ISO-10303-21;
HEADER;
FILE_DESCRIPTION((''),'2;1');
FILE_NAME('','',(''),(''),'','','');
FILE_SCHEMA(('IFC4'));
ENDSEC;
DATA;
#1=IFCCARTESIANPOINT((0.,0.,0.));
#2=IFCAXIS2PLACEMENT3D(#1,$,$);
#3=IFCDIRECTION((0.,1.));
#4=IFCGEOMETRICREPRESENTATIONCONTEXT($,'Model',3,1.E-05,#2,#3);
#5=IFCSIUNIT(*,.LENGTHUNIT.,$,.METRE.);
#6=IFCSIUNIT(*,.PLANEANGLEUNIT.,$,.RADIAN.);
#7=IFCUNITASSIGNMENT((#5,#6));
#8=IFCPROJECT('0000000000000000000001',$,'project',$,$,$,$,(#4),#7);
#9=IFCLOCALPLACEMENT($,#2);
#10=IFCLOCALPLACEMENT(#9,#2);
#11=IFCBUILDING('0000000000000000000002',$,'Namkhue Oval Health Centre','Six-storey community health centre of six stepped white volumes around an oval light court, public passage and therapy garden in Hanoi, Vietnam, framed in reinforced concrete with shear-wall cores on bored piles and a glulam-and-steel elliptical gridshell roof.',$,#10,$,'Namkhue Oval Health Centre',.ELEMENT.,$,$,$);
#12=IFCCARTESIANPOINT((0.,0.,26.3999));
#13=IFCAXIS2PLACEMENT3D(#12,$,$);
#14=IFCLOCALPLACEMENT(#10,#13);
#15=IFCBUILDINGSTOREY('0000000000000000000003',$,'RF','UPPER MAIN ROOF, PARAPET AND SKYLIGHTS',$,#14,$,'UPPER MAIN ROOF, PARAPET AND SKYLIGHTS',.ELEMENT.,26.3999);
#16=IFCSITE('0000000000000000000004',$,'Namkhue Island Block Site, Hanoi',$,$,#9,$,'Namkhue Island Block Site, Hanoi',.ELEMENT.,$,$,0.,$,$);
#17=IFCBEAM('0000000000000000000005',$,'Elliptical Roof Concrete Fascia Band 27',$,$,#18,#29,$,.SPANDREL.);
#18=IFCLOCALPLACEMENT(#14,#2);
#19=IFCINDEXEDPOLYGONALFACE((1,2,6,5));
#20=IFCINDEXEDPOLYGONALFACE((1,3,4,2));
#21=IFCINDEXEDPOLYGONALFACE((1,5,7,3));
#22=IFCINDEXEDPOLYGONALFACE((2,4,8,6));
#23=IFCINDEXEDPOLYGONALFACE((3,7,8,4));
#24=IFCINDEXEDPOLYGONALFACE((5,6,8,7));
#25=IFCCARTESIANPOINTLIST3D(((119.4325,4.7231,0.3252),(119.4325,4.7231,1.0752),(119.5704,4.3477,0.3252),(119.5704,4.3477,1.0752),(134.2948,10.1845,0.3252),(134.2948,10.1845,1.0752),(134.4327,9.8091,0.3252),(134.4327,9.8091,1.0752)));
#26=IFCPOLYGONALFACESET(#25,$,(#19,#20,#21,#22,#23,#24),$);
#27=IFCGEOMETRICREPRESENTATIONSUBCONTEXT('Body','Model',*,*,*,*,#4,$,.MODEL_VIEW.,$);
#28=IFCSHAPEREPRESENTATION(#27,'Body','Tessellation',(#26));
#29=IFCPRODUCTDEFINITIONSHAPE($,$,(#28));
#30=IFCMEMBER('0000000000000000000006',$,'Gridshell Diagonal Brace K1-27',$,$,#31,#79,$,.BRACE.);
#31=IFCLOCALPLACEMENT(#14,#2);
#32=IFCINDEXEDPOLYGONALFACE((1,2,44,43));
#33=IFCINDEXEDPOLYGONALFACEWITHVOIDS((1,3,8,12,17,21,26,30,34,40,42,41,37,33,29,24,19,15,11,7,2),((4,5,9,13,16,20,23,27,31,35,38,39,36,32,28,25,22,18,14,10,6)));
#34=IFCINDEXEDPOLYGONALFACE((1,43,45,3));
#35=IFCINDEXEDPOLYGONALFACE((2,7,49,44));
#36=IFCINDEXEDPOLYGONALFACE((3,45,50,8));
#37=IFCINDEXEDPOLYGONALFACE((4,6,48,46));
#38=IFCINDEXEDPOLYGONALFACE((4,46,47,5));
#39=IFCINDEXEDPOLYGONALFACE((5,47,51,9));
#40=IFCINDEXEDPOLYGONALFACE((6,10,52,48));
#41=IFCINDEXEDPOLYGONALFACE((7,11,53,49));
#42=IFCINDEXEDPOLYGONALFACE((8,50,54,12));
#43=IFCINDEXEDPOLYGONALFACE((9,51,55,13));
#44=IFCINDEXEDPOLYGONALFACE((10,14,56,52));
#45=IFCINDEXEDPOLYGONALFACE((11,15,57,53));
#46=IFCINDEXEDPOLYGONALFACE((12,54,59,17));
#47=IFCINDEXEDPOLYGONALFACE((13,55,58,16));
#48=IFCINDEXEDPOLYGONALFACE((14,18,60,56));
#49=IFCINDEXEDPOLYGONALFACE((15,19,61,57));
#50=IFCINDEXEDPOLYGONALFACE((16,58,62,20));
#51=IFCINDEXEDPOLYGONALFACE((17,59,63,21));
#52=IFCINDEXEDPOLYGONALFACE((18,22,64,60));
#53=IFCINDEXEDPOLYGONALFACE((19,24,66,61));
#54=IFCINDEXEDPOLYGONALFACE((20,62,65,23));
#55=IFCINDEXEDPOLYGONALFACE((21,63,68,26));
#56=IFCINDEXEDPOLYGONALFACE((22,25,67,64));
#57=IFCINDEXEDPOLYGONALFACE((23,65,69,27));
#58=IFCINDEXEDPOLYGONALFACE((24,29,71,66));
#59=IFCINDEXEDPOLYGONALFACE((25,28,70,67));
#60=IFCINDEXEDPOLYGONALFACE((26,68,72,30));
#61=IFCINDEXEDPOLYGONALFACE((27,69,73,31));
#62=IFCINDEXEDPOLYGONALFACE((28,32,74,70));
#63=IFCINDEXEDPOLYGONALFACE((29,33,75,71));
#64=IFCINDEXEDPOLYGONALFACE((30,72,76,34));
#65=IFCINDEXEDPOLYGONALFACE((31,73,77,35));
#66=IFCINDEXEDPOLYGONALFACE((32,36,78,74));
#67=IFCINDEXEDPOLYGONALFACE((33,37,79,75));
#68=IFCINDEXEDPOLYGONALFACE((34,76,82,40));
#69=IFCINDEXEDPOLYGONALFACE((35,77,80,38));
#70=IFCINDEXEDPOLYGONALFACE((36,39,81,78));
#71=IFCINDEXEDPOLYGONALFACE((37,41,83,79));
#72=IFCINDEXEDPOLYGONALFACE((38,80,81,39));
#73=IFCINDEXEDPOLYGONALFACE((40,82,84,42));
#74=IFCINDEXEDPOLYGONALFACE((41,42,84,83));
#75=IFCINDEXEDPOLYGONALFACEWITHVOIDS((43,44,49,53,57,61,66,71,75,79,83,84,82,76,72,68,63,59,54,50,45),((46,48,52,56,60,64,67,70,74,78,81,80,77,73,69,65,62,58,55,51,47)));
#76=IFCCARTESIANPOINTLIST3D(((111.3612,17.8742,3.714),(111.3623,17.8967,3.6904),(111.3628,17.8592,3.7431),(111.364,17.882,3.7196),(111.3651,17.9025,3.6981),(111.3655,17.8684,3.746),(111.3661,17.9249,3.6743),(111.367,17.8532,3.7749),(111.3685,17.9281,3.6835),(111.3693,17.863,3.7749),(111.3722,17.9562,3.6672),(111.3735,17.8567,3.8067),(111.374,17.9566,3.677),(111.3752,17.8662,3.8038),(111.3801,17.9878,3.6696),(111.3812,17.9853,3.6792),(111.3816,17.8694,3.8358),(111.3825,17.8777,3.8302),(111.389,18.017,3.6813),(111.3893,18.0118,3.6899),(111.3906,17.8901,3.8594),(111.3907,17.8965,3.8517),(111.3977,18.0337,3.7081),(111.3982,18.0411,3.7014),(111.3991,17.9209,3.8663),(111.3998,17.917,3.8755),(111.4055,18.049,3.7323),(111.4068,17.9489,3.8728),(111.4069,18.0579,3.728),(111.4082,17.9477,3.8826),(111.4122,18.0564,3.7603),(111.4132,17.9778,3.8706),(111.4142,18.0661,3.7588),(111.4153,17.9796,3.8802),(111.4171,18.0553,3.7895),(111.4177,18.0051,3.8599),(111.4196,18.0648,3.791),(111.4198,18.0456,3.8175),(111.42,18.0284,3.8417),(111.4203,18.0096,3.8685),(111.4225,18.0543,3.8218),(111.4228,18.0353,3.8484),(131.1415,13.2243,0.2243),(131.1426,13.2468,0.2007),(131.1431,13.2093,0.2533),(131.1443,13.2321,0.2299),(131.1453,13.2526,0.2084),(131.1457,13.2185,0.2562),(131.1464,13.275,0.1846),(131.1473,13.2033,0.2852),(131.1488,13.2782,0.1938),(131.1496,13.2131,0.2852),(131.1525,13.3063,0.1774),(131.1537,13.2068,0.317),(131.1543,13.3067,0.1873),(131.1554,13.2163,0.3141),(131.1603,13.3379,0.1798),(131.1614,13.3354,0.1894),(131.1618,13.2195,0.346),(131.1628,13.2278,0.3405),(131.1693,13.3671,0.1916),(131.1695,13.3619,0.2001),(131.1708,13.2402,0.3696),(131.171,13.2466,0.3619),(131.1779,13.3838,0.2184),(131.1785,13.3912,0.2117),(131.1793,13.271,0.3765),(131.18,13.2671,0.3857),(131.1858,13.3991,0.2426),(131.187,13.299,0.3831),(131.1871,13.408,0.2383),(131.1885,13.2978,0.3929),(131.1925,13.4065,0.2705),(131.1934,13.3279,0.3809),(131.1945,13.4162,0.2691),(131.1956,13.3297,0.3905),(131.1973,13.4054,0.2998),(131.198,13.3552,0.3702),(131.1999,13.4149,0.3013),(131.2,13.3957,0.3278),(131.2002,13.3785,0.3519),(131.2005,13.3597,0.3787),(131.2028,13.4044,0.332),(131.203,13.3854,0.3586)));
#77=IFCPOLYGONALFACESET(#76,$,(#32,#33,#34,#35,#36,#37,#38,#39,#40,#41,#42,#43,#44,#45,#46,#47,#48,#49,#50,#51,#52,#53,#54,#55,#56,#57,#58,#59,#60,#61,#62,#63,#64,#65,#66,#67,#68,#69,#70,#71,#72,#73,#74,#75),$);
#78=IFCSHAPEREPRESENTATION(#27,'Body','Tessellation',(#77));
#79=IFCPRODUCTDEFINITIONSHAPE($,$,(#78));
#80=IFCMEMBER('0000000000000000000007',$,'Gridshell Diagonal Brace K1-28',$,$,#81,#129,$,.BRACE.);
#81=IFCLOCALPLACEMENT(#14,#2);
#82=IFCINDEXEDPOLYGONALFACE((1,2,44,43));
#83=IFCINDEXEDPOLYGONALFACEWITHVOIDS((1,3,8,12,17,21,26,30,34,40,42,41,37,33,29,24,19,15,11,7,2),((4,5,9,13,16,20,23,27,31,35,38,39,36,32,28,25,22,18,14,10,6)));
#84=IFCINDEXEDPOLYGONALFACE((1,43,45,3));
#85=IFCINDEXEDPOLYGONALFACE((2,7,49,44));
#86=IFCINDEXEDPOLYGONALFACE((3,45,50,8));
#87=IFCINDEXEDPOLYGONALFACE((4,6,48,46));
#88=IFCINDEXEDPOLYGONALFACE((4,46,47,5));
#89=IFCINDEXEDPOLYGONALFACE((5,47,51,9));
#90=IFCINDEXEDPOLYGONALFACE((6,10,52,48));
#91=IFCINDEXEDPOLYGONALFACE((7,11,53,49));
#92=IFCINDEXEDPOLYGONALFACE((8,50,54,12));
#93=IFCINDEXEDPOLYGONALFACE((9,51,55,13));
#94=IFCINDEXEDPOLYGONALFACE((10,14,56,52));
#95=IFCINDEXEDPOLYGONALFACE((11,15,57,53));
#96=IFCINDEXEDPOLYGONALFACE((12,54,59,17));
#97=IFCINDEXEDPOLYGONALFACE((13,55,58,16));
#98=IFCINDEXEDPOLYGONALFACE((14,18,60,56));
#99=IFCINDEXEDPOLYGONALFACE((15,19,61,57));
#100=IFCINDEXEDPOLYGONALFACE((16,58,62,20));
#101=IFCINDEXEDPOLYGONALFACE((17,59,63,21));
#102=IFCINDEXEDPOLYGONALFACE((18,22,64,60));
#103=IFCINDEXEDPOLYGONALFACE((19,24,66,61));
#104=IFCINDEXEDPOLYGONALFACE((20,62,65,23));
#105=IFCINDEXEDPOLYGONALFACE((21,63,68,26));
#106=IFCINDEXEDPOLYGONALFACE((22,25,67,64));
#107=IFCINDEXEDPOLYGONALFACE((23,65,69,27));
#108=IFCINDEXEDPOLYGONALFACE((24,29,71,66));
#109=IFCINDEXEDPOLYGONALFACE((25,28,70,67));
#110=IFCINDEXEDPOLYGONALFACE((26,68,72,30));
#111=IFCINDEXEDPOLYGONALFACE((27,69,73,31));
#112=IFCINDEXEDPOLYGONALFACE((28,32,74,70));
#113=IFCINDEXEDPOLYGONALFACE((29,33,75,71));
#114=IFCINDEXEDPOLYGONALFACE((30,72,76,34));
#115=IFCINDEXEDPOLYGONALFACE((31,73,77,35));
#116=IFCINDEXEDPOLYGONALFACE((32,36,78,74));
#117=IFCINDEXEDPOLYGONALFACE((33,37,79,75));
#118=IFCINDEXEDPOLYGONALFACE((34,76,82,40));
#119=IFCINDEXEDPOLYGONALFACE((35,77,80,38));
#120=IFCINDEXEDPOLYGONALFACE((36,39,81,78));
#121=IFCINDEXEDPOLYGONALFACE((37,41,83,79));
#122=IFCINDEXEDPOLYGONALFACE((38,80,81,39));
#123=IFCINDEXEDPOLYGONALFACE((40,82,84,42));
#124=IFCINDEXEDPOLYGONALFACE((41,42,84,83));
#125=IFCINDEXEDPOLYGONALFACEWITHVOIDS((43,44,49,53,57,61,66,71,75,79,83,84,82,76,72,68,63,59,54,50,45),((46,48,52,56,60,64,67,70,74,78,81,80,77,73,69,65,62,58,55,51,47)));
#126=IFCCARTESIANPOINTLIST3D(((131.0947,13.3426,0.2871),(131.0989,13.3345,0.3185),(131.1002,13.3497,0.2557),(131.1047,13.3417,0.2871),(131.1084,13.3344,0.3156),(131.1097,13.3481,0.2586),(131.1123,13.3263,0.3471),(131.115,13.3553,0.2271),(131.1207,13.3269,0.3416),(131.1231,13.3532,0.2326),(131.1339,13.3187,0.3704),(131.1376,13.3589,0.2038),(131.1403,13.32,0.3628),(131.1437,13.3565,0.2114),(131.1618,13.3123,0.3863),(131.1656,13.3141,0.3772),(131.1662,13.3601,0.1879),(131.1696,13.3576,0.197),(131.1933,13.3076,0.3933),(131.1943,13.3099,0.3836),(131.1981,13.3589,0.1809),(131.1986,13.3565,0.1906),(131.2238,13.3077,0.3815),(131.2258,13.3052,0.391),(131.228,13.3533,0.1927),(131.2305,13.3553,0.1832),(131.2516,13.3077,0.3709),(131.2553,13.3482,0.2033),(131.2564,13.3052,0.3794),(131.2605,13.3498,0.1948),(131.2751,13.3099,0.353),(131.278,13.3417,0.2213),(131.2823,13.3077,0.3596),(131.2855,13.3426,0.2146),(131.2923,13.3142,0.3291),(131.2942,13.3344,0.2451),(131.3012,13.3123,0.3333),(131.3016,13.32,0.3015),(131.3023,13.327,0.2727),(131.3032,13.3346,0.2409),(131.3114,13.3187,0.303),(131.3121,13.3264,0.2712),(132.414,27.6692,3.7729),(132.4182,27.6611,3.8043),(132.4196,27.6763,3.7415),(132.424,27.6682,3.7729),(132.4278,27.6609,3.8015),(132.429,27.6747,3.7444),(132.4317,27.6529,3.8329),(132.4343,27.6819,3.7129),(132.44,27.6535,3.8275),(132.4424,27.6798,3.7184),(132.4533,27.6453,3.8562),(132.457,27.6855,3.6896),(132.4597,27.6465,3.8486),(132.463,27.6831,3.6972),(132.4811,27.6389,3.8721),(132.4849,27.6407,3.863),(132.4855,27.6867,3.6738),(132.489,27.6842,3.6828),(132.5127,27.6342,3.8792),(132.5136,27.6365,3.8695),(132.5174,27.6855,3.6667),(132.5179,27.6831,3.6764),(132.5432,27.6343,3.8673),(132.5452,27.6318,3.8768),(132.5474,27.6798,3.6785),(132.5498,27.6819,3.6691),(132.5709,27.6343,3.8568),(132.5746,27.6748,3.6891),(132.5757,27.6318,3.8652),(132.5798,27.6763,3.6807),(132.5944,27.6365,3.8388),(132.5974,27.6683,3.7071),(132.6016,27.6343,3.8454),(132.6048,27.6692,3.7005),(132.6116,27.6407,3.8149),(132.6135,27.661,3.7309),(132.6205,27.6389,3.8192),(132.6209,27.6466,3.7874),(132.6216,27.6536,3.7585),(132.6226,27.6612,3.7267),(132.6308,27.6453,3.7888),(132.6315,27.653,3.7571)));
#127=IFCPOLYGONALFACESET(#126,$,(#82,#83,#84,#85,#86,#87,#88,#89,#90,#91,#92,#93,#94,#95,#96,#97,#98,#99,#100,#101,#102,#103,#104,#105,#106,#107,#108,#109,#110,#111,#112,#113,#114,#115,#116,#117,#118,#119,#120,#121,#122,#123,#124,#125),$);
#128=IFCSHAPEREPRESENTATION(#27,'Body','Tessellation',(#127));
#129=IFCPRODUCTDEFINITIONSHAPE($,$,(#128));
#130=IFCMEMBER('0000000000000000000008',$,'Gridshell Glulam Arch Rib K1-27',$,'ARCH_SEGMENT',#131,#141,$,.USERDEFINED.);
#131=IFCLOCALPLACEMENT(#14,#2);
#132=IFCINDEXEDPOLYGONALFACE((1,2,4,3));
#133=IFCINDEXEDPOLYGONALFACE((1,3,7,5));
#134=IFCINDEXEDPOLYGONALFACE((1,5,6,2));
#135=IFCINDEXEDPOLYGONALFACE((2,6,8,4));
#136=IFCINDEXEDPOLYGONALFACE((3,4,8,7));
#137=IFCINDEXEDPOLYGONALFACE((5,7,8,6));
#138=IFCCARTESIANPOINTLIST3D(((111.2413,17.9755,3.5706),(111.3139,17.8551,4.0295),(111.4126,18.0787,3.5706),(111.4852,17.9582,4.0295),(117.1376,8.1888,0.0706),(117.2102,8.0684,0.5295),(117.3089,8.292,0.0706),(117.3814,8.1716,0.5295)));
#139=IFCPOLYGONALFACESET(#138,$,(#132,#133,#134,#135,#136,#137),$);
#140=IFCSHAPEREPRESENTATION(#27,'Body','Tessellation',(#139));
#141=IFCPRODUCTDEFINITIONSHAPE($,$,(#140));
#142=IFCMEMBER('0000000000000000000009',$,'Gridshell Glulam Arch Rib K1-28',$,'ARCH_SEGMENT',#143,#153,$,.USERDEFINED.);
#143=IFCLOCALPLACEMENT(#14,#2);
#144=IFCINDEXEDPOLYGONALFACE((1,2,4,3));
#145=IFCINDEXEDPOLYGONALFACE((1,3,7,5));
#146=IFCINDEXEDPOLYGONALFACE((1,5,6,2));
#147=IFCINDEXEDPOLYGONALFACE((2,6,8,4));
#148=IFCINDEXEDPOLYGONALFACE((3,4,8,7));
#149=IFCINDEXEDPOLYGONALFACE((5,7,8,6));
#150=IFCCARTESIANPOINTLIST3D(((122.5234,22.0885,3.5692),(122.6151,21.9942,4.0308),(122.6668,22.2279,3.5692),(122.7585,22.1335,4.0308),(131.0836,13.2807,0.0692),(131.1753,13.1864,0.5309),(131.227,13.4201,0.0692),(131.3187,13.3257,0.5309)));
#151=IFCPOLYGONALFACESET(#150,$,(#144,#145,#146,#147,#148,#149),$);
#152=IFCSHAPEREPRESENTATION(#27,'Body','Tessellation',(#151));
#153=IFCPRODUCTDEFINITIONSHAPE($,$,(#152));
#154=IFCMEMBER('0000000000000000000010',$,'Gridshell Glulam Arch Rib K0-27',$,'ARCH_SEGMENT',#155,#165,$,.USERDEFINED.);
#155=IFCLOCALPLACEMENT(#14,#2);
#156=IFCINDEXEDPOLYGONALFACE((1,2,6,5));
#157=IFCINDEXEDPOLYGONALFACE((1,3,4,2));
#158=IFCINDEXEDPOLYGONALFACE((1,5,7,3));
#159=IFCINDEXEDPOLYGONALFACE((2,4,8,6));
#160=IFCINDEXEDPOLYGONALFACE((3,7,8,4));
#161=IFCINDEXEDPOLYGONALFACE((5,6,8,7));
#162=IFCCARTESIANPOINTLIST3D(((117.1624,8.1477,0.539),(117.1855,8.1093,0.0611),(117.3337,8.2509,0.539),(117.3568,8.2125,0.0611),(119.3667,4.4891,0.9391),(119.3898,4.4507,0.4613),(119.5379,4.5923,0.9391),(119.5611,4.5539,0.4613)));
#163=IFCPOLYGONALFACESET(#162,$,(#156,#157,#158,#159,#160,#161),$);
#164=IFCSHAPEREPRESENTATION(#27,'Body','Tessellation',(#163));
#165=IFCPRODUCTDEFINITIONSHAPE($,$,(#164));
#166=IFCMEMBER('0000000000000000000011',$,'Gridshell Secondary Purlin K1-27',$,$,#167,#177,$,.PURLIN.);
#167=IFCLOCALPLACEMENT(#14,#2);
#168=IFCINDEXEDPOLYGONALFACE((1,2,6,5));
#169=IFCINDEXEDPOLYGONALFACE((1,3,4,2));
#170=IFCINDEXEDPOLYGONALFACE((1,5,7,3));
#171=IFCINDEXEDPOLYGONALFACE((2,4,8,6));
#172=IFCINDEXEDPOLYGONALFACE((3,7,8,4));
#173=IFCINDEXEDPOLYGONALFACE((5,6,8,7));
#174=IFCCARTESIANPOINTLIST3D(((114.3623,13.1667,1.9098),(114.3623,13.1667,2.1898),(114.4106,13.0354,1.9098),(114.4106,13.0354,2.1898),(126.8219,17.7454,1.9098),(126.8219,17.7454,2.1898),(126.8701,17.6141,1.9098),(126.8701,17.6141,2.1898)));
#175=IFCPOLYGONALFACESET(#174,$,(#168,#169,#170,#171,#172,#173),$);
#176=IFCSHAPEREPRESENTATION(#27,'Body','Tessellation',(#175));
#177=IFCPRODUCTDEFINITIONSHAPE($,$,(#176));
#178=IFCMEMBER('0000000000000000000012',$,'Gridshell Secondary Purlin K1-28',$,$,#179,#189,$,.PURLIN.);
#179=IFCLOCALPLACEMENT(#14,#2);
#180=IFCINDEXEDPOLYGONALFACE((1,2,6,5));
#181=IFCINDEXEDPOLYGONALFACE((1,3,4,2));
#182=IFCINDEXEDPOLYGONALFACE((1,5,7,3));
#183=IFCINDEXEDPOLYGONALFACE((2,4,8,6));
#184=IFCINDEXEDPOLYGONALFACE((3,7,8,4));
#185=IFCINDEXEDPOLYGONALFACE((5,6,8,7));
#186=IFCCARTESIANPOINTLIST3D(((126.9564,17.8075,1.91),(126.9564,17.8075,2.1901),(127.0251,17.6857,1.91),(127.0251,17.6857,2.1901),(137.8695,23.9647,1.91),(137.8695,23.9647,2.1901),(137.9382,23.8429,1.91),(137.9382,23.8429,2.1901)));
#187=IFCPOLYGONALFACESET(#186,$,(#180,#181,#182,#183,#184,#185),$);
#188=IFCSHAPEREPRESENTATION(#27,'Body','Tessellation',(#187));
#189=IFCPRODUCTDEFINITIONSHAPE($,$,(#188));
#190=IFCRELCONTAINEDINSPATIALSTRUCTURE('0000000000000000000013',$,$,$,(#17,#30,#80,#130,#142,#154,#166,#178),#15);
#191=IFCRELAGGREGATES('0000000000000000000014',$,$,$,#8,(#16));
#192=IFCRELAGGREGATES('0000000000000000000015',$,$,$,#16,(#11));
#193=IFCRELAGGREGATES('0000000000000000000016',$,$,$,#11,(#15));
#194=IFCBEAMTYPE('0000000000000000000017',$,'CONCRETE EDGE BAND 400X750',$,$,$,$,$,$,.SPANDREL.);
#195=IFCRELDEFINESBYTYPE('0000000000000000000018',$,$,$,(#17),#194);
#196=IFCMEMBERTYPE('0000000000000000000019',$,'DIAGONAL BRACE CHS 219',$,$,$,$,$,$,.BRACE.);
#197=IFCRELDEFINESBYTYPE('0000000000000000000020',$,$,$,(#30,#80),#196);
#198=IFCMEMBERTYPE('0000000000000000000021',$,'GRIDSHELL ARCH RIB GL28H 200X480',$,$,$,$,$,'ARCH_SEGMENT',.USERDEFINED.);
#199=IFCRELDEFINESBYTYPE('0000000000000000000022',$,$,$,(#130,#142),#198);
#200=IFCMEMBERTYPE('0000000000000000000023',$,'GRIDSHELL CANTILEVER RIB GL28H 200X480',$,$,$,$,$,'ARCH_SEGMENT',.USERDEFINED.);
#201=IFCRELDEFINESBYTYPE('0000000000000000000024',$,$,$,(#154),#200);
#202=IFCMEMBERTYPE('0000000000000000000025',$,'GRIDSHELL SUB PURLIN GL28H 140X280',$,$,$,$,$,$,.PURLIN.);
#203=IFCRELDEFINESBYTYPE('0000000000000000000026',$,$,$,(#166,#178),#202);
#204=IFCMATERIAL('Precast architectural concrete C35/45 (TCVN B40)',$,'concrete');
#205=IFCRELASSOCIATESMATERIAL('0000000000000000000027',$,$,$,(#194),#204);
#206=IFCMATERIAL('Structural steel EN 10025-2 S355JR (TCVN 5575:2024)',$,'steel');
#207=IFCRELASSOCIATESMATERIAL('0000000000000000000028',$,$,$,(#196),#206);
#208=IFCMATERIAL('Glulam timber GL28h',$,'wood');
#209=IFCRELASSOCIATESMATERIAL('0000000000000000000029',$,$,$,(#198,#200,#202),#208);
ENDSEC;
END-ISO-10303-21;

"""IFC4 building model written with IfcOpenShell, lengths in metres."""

from ifc_helpers import new_model, si_unit, direction, frame, origin, origin_2d, place, context, subcontext, project, spatial, rectangle, hollow_circle, extrude, material, material_profile, profile_set, type_object, element, save


model = new_model("IFC4")

# Units and contexts
model_context = context("Model", 3, precision=1e-05, world=origin(), true_north=direction((0.0, 1.0)))
body_context = subcontext(model_context, "Body", "Model", "MODEL_VIEW")
ifc_project = project(units=[si_unit("LENGTHUNIT", "METRE"), si_unit("PLANEANGLEUNIT", "RADIAN")], contexts=[model_context])

# Site, building, storey
site_placement = place(None, origin())
site = spatial("IfcSite", under=ifc_project, at=site_placement, Name="Namkhue Island Block Site, Hanoi", LongName="Namkhue Island Block Site, Hanoi", CompositionType="ELEMENT", RefElevation=0.0)
building_placement = place(site_placement, origin())
building = spatial("IfcBuilding", under=site, at=building_placement, Name="Namkhue Oval Health Centre", Description="Six-storey community health centre of six stepped white volumes around an oval light court, public passage and therapy garden in Hanoi, Vietnam, framed in reinforced concrete with shear-wall cores on bored piles and a glulam-and-steel elliptical gridshell roof.", LongName="Namkhue Oval Health Centre", CompositionType="ELEMENT")
storey_placement = place(building_placement, frame((0.0, 0.0, 26.3999)))
storey = spatial("IfcBuildingStorey", under=building, at=storey_placement, Name="RF", Description="UPPER MAIN ROOF, PARAPET AND SKYLIGHTS", LongName="UPPER MAIN ROOF, PARAPET AND SKYLIGHTS", CompositionType="ELEMENT", Elevation=26.3999)

# Beam
ifc_material_1 = material(Name="Precast architectural concrete C35/45 (TCVN B40)", Category="concrete")
ifc_material_profile_1 = material_profile(ifc_material_1, rectangle(XDim=0.3999, YDim=0.75, at=origin_2d()), Name="RC 400x750")
ifc_profile_set_1 = profile_set([ifc_material_profile_1], Name="Precast architectural concrete C35/45 (TCVN B40)")
beam_type = type_object("IfcBeamType", Name="CONCRETE EDGE BAND 400X750", PredefinedType="SPANDREL", material=ifc_profile_set_1)
beam_placement = place(storey_placement, frame((119.5015, 4.5354, 0.7002), z_axis=(0.938633, 0.344918, 0.0), x_axis=(-0.344918, 0.938633, 0.0)))
element("IfcBeam", 1, at=beam_placement, inside=storey, type_object=beam_type, Name="Elliptical Roof Concrete Fascia Band 27", PredefinedType="SPANDREL", context=body_context, shape_type="SweptSolid", body=[
    extrude(rectangle(XDim=0.3999, YDim=0.75, at=origin_2d()), origin(), (0.0, 0.0, 1.0), 15.834),
])

# Members
ifc_material_2 = material(Name="Structural steel EN 10025-2 S355JR (TCVN 5575:2024)", Category="steel")
ifc_material_profile_2 = material_profile(ifc_material_2, hollow_circle(Radius=0.1096, WallThickness=0.01, at=origin_2d()), Name="CHS 219.1x10")
ifc_profile_set_2 = profile_set([ifc_material_profile_2], Name="Structural steel EN 10025-2 S355JR (TCVN 5575:2024)")
member_type_1 = type_object("IfcMemberType", Name="DIAGONAL BRACE CHS 219", PredefinedType="BRACE", material=ifc_profile_set_2)
member_1_placement = place(storey_placement, frame((131.1724, 13.3101, 0.2852), z_axis=(-0.959417, 0.225538, 0.169266), x_axis=(-0.22884, -0.973464, 0.0)))
element("IfcMember", 2, at=member_1_placement, inside=storey, type_object=member_type_1, Name="Gridshell Diagonal Brace K1-27", PredefinedType="BRACE", context=body_context, shape_type="SweptSolid", body=[
    extrude(hollow_circle(Radius=0.1096, WallThickness=0.01, at=origin_2d()), origin(), (0.0, 0.0, 1.0), 20.6169),
])
member_2_placement = place(storey_placement, frame((131.2039, 13.3325, 0.2871), z_axis=(0.089123, 0.967786, 0.235473), x_axis=(-0.995787, 0.091702, 0.0)))
element("IfcMember", 3, at=member_2_placement, inside=storey, type_object=member_type_1, Name="Gridshell Diagonal Brace K1-28", PredefinedType="BRACE", context=body_context, shape_type="SweptSolid", body=[
    extrude(hollow_circle(Radius=0.1096, WallThickness=0.01, at=origin_2d()), origin(), (0.0, 0.0, 1.0), 14.8035),
])
ifc_material_3 = material(Name="Glulam timber GL28h", Category="wood")
ifc_material_profile_3 = material_profile(ifc_material_3, rectangle(XDim=0.2, YDim=0.48, at=origin_2d()), Name="GL28h 200x480")
ifc_profile_set_3 = profile_set([ifc_material_profile_3], Name="Glulam timber GL28h")
member_type_2 = type_object("IfcMemberType", Name="GRIDSHELL ARCH RIB GL28H 200X480", ElementType="ARCH_SEGMENT", PredefinedType="USERDEFINED", material=ifc_profile_set_3)
member_3_placement = place(storey_placement, frame((117.2595, 8.1802, 0.3), z_axis=(-0.493425, 0.81899, 0.292896), x_axis=(-0.856554, -0.516057, 0.0)))
element("IfcMember", 4, at=member_3_placement, inside=storey, type_object=member_type_2, Name="Gridshell Glulam Arch Rib K1-27", ObjectType="ARCH_SEGMENT", PredefinedType="USERDEFINED", context=body_context, shape_type="SweptSolid", body=[
    extrude(rectangle(XDim=0.2, YDim=0.48, at=origin_2d()), origin(), (0.0, 0.0, 1.0), 11.9497),
])
member_4_placement = place(storey_placement, frame((131.2012, 13.3032, 0.3), z_axis=(-0.670274, 0.689658, 0.274051), x_axis=(-0.717113, -0.696957, 0.0)))
element("IfcMember", 5, at=member_4_placement, inside=storey, type_object=member_type_2, Name="Gridshell Glulam Arch Rib K1-28", ObjectType="ARCH_SEGMENT", PredefinedType="USERDEFINED", context=body_context, shape_type="SweptSolid", body=[
    extrude(rectangle(XDim=0.2, YDim=0.48, at=origin_2d()), origin(), (0.0, 0.0, 1.0), 12.7712),
])
ifc_material_profile_4 = material_profile(ifc_material_3, rectangle(XDim=0.2, YDim=0.48, at=origin_2d()), Name="GL28h 200x480")
ifc_profile_set_4 = profile_set([ifc_material_profile_4], Name="Glulam timber GL28h")
member_type_3 = type_object("IfcMemberType", Name="GRIDSHELL CANTILEVER RIB GL28H 200X480", ElementType="ARCH_SEGMENT", PredefinedType="USERDEFINED", material=ifc_profile_set_4)
member_5_placement = place(storey_placement, frame((119.4639, 4.5215, 0.7002), z_axis=(-0.513817, 0.852814, -0.093271), x_axis=(-0.856548, -0.516067, 0.0)))
element("IfcMember", 6, at=member_5_placement, inside=storey, type_object=member_type_3, Name="Gridshell Glulam Arch Rib K0-27", ObjectType="ARCH_SEGMENT", PredefinedType="USERDEFINED", context=body_context, shape_type="SweptSolid", body=[
    extrude(rectangle(XDim=0.2, YDim=0.48, at=origin_2d()), origin(), (0.0, 0.0, 1.0), 4.29),
])
ifc_material_profile_5 = material_profile(ifc_material_3, rectangle(XDim=0.1399, YDim=0.28, at=origin_2d()), Name="GL28h 140x280")
ifc_profile_set_5 = profile_set([ifc_material_profile_5], Name="Glulam timber GL28h")
member_type_4 = type_object("IfcMemberType", Name="GRIDSHELL SUB PURLIN GL28H 140X280", PredefinedType="PURLIN", material=ifc_profile_set_5)
member_6_placement = place(storey_placement, frame((114.3865, 13.1011, 2.0498), z_axis=(0.938629, 0.344928, 0.0), x_axis=(-0.344928, 0.938629, 0.0)))
element("IfcMember", 7, at=member_6_placement, inside=storey, type_object=member_type_4, Name="Gridshell Secondary Purlin K1-27", PredefinedType="PURLIN", context=body_context, shape_type="SweptSolid", body=[
    extrude(rectangle(XDim=0.1399, YDim=0.28, at=origin_2d()), origin(), (0.0, 0.0, 1.0), 13.2742),
])
member_7_placement = place(storey_placement, frame((126.9907, 17.7466, 2.05), z_axis=(0.87094, 0.491389, 0.0), x_axis=(-0.491389, 0.87094, 0.0)))
element("IfcMember", 8, at=member_7_placement, inside=storey, type_object=member_type_4, Name="Gridshell Secondary Purlin K1-28", PredefinedType="PURLIN", context=body_context, shape_type="SweptSolid", body=[
    extrude(rectangle(XDim=0.1399, YDim=0.28, at=origin_2d()), origin(), (0.0, 0.0, 1.0), 12.5303),
])

save(model, "model.ifc")
